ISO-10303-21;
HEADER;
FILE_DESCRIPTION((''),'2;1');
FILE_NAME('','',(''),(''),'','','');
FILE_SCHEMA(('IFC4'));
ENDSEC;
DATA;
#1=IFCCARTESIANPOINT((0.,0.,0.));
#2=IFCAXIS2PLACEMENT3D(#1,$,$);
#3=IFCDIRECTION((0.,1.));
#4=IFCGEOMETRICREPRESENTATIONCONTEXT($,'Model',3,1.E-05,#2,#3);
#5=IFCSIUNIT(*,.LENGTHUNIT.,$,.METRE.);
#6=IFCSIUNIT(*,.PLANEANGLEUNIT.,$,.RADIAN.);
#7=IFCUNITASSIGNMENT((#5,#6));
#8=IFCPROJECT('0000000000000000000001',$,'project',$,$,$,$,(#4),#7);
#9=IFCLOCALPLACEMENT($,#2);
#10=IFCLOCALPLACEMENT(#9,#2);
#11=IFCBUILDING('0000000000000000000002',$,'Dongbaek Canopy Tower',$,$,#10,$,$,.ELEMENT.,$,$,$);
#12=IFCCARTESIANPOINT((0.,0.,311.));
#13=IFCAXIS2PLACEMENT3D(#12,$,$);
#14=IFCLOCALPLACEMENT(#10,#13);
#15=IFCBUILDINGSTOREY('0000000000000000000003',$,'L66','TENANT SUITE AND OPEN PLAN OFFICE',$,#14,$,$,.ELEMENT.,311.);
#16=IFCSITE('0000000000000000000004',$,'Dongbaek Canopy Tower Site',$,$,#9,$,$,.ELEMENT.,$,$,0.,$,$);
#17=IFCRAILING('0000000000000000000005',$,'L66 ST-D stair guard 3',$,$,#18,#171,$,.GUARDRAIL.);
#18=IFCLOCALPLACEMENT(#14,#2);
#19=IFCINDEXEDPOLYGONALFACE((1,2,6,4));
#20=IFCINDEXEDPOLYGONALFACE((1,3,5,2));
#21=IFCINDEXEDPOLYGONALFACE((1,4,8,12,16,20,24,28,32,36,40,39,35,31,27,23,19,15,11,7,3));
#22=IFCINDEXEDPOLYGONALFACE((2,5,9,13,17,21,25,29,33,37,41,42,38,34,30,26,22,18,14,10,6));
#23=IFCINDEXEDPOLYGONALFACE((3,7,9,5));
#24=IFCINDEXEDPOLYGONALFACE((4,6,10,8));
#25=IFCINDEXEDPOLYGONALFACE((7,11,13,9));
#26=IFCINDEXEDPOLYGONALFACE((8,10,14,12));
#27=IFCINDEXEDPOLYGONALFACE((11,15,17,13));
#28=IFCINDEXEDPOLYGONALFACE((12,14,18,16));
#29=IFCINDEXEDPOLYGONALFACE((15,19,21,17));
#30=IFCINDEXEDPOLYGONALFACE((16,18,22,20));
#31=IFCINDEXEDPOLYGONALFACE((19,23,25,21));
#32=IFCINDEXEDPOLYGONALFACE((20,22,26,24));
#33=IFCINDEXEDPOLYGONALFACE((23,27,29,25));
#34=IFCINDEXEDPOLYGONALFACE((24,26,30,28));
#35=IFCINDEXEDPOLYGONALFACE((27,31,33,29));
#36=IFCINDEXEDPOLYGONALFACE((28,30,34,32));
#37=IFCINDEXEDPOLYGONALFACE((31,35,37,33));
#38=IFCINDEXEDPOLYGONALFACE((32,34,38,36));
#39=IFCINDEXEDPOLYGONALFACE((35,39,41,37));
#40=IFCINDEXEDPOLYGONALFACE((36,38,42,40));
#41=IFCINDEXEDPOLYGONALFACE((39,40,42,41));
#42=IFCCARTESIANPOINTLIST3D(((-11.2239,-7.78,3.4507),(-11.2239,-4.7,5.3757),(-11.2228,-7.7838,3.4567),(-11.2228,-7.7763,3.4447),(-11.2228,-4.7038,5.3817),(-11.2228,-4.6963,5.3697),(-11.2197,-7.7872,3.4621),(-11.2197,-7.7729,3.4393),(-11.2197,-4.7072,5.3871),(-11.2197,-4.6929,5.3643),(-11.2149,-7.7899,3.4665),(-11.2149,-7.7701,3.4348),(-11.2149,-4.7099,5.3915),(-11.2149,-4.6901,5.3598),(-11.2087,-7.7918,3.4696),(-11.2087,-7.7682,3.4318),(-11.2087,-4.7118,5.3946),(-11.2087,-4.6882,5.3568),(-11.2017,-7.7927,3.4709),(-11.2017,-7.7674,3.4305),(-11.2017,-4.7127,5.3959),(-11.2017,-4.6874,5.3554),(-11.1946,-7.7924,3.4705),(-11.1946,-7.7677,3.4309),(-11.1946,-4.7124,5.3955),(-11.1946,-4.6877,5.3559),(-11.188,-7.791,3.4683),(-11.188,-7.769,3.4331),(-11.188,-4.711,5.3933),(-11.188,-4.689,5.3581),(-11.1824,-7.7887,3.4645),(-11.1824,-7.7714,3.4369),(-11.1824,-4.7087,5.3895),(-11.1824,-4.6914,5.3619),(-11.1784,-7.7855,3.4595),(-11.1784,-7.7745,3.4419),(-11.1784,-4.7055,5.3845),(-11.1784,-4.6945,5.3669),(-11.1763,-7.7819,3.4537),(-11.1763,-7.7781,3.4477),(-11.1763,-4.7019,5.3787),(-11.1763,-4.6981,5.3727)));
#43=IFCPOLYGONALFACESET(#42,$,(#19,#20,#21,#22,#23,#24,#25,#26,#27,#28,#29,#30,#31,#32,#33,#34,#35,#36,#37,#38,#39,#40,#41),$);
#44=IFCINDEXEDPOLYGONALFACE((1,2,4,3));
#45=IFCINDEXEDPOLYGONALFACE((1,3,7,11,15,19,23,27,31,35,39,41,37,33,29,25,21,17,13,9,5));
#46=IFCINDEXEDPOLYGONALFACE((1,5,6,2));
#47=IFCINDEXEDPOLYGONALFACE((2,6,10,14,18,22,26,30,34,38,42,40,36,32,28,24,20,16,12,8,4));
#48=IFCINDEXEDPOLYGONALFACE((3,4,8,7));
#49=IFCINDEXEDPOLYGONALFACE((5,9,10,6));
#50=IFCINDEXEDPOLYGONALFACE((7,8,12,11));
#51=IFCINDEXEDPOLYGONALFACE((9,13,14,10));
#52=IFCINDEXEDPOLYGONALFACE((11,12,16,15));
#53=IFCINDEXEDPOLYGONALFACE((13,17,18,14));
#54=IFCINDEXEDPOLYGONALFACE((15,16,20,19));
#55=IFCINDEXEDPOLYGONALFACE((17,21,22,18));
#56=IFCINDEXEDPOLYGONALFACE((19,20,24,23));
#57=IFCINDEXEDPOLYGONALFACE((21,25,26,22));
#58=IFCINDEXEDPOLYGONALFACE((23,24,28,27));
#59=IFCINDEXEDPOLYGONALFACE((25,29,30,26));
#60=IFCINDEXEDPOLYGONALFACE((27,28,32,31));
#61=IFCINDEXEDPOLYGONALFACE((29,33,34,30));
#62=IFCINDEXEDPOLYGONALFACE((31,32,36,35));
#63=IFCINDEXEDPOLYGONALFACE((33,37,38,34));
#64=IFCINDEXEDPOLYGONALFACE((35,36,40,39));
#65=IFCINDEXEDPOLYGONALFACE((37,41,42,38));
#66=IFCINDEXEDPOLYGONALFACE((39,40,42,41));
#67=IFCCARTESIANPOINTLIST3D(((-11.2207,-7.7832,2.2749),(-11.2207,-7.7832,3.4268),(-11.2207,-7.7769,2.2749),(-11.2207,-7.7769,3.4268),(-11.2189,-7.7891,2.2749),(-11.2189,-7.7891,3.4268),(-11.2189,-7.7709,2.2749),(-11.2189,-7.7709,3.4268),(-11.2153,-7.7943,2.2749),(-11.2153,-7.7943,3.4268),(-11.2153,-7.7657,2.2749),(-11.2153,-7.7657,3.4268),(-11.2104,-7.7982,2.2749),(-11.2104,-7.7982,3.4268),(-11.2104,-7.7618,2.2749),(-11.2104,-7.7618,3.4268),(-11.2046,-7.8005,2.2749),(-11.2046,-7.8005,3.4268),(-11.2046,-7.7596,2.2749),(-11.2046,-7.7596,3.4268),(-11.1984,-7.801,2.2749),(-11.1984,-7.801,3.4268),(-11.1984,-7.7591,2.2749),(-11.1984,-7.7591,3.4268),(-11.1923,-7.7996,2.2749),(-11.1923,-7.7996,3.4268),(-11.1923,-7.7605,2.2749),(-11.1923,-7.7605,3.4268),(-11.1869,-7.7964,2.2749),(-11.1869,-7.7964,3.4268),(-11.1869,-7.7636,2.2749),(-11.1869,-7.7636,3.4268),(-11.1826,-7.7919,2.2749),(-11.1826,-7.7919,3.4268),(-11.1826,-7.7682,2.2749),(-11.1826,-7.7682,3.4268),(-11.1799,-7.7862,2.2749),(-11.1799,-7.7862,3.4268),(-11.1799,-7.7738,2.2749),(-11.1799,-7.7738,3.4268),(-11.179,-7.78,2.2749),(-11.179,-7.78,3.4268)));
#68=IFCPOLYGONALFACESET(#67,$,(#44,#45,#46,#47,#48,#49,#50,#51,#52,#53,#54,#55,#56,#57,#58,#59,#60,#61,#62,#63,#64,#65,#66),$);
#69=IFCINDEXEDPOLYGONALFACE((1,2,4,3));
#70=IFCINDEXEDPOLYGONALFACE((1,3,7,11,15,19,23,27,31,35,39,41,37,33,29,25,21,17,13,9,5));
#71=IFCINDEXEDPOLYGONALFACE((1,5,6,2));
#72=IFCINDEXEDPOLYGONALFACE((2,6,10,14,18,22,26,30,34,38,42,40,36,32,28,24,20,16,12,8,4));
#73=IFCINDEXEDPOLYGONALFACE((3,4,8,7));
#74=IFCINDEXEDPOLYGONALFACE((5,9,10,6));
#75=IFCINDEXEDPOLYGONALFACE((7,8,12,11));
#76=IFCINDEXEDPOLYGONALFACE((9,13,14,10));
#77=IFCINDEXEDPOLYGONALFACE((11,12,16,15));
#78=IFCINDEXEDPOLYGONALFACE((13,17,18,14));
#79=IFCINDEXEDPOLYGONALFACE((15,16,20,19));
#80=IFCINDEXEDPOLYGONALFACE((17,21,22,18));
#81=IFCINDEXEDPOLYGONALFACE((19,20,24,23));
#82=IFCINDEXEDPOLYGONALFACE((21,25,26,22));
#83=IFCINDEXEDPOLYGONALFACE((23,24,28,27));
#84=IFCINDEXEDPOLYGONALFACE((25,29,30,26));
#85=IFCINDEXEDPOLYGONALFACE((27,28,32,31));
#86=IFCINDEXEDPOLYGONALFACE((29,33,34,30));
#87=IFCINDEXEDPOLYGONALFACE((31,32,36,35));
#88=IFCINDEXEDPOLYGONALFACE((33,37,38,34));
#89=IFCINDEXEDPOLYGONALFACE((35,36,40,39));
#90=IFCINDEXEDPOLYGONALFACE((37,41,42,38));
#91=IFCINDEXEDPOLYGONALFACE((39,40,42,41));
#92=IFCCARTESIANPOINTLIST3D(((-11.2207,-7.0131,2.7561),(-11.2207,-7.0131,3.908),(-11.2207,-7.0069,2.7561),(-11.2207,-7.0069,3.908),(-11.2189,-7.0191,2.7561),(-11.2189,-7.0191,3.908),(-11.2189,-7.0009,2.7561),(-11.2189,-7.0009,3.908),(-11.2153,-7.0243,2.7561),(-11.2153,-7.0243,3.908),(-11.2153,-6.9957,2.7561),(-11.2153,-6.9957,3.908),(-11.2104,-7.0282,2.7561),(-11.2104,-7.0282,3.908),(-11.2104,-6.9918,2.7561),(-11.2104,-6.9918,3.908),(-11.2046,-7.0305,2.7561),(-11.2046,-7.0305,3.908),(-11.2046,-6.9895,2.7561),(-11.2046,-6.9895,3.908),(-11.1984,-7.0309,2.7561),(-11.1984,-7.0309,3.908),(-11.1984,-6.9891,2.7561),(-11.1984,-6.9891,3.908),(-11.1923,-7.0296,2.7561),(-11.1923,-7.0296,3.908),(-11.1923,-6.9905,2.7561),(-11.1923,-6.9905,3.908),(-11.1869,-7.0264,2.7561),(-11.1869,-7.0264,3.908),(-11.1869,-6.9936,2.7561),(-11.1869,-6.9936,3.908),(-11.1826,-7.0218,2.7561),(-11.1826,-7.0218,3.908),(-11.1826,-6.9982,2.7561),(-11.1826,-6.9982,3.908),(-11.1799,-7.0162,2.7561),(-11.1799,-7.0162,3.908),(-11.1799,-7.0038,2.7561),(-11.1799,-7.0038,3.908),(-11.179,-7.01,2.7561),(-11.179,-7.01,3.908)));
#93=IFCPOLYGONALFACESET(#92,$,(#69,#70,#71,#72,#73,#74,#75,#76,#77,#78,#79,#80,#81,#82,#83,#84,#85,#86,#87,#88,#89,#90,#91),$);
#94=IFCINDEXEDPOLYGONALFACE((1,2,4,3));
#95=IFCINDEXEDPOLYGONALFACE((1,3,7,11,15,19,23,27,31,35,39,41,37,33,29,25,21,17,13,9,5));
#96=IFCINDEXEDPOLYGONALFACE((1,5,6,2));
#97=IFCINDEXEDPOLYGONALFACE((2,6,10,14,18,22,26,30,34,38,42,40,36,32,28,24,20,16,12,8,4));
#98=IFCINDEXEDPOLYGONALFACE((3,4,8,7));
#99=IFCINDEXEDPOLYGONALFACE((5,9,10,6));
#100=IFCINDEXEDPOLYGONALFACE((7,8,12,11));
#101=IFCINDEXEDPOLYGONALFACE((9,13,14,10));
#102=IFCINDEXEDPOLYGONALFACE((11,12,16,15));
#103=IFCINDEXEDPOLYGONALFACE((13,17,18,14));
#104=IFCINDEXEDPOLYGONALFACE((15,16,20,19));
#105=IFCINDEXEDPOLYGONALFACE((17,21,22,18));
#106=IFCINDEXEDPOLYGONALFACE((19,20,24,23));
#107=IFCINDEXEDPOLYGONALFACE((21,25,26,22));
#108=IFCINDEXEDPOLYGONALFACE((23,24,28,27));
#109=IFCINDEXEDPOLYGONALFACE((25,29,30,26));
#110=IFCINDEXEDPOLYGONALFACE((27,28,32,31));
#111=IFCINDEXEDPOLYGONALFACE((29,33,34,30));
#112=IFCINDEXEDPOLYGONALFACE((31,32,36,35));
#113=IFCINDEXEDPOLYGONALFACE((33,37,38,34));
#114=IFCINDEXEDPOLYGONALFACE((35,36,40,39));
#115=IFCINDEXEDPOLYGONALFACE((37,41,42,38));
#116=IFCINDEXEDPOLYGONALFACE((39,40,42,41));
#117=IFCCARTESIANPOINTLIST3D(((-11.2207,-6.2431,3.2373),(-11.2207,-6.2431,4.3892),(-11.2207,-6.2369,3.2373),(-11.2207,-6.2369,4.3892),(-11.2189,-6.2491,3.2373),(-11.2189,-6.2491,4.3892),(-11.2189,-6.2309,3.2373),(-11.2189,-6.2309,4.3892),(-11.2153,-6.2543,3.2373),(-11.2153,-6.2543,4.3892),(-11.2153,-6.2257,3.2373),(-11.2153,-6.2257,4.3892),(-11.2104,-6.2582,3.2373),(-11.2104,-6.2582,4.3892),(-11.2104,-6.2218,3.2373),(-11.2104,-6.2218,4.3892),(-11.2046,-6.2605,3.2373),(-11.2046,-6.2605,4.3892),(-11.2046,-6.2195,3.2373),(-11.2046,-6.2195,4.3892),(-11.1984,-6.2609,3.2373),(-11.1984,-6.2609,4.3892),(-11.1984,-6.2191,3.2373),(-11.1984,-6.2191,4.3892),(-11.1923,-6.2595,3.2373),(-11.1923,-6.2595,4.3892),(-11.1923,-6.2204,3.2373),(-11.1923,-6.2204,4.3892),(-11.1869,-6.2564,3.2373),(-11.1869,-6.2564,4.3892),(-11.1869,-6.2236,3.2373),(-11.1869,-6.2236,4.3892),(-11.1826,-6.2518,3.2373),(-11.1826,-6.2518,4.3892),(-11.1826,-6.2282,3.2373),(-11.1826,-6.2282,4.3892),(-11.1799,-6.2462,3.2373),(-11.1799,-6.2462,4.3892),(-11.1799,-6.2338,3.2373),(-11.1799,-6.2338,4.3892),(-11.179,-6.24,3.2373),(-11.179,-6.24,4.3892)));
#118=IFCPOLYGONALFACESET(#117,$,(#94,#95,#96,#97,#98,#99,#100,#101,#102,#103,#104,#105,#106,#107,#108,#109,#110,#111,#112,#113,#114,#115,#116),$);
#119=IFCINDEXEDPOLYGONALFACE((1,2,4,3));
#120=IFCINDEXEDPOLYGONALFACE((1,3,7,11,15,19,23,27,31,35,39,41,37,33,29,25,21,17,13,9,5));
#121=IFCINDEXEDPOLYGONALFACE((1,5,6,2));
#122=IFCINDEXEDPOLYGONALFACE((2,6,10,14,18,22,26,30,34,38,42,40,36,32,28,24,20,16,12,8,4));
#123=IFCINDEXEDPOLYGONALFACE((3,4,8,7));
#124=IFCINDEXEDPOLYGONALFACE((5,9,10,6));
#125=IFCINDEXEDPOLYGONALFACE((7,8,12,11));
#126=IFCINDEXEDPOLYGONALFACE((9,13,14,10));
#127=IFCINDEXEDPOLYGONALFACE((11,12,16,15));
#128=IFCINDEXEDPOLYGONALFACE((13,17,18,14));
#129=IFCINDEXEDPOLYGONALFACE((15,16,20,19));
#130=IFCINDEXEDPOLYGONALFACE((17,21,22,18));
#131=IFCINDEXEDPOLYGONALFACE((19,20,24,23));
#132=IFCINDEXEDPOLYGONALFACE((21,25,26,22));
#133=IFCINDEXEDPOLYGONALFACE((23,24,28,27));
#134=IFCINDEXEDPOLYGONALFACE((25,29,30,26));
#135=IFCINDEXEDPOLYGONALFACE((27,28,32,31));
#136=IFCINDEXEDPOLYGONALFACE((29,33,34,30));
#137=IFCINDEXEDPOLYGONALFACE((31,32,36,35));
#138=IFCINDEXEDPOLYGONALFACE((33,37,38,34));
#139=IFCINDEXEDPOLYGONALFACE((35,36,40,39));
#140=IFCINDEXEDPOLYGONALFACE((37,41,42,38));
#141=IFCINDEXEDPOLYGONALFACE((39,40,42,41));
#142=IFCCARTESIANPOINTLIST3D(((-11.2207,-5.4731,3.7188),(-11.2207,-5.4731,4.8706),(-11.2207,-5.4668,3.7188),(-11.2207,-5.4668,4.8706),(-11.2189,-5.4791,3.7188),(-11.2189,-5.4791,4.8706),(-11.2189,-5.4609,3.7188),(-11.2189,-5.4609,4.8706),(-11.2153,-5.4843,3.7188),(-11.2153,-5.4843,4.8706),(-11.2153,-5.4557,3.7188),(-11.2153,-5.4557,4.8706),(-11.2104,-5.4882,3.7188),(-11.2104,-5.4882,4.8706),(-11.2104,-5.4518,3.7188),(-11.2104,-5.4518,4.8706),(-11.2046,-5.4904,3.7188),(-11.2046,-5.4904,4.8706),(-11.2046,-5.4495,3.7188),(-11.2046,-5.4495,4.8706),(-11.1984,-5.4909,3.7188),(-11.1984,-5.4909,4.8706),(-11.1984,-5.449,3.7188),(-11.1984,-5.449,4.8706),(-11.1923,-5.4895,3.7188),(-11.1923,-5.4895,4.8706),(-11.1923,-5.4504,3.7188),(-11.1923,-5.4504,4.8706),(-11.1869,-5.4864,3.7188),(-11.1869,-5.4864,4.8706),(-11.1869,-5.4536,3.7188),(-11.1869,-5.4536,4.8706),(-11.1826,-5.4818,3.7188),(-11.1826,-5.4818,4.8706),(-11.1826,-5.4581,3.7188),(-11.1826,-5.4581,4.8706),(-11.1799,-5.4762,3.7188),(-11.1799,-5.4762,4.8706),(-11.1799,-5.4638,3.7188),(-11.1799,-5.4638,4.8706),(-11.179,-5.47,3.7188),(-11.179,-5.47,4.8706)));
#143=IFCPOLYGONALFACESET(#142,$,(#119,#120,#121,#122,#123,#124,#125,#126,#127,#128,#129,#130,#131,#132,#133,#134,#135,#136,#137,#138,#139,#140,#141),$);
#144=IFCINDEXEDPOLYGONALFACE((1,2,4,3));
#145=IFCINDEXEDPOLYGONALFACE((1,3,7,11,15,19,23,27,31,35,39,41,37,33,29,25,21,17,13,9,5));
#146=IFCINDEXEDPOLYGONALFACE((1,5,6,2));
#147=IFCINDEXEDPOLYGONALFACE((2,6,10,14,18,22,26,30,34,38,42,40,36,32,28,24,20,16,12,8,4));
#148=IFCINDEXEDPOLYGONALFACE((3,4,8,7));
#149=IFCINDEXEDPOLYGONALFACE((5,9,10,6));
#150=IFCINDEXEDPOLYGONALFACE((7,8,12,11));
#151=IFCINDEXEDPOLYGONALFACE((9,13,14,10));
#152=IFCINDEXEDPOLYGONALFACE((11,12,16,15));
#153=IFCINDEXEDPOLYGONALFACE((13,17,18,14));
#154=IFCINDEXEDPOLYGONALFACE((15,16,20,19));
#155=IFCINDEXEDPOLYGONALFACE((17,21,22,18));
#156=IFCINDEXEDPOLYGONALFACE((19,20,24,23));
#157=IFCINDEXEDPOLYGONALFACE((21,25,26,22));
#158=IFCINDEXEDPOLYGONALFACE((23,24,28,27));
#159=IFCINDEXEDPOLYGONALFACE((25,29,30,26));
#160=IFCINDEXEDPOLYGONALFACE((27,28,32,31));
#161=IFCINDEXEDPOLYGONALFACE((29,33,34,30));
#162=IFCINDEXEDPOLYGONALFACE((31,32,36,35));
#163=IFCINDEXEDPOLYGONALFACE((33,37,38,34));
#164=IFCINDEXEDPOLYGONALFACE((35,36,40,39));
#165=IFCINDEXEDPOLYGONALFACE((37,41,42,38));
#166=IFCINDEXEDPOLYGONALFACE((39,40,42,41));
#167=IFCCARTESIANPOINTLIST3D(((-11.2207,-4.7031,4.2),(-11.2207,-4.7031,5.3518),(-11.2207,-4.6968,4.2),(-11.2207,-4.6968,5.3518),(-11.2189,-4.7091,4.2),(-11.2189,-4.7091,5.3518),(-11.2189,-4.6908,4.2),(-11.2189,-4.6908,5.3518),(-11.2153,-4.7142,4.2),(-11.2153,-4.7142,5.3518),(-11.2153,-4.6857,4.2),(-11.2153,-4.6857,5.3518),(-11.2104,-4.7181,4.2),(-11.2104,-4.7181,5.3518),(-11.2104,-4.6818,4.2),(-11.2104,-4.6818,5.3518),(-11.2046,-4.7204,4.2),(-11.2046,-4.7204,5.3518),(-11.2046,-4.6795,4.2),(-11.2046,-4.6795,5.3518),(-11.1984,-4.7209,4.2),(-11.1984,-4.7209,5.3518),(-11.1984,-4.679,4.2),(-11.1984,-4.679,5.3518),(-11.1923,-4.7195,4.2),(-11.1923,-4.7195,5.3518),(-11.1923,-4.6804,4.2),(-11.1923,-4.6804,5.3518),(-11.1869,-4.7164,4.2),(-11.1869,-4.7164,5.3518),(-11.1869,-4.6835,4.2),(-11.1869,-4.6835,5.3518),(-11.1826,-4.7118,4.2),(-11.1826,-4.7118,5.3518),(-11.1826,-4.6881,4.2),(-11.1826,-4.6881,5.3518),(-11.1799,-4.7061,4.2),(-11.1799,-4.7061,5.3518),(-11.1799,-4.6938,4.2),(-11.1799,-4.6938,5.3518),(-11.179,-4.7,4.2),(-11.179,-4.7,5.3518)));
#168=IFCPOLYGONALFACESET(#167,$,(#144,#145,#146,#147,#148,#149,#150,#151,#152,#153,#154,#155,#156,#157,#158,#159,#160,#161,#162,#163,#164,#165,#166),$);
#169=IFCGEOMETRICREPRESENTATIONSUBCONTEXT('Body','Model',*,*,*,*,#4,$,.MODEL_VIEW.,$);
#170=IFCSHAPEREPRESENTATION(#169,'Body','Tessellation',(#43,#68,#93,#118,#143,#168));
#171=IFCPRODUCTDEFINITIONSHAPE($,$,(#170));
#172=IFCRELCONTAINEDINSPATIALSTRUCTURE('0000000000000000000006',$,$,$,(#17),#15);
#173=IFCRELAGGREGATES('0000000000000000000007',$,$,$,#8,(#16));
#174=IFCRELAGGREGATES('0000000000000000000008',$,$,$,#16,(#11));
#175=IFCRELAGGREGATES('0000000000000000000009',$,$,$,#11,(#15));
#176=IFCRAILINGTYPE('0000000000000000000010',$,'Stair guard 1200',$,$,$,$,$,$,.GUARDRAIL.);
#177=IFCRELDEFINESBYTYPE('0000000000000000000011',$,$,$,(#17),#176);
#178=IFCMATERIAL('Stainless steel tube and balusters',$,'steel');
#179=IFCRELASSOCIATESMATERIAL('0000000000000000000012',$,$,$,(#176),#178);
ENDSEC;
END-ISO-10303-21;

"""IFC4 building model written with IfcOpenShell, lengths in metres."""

from ifc_helpers import new_model, si_unit, direction, frame, origin, origin_2d, place, context, subcontext, project, spatial, circle, extrude, material, type_object, element, save


model = new_model("IFC4")

# Units and contexts
model_context = context("Model", 3, precision=1e-05, world=origin(), true_north=direction((0.0, 1.0)))
body_context = subcontext(model_context, "Body", "Model", "MODEL_VIEW")
ifc_project = project(units=[si_unit("LENGTHUNIT", "METRE"), si_unit("PLANEANGLEUNIT", "RADIAN")], contexts=[model_context])

# Site, building, storey
site_placement = place(None, origin())
site = spatial("IfcSite", under=ifc_project, at=site_placement, Name="Dongbaek Canopy Tower Site", CompositionType="ELEMENT", RefElevation=0.0)
building_placement = place(site_placement, origin())
building = spatial("IfcBuilding", under=site, at=building_placement, Name="Dongbaek Canopy Tower", CompositionType="ELEMENT")
storey_placement = place(building_placement, frame((0.0, 0.0, 311.0)))
storey = spatial("IfcBuildingStorey", under=building, at=storey_placement, Name="L66", Description="TENANT SUITE AND OPEN PLAN OFFICE", CompositionType="ELEMENT", Elevation=311.0)

# Railing
ifc_material_1 = material(Name="Stainless steel tube and balusters", Category="steel")
railing_type_1 = type_object("IfcRailingType", Name="Stair guard 1200", PredefinedType="GUARDRAIL", material=ifc_material_1)
railing_1_placement = place(storey_placement, frame((-11.2, -7.78, 2.2749)))
element("IfcRailing", 1, at=railing_1_placement, inside=storey, type_object=railing_type_1, Name="L66 ST-D stair guard 3", PredefinedType="GUARDRAIL", context=body_context, shape_type="SweptSolid", body=[
    extrude(circle(Radius=0.0239, at=origin_2d()), frame((0.0, 0.0, 1.1758), z_axis=(0.0, 0.847998, 0.529999), x_axis=(-1.0, 0.0, 0.0)), (0.0, 0.0, 1.0), 3.6321),
    extrude(circle(Radius=0.021, at=origin_2d()), origin(), (0.0, 0.0, 1.0), 1.1519),
    extrude(circle(Radius=0.021, at=origin_2d()), frame((0.0, 0.77, 0.4812)), (0.0, 0.0, 1.0), 1.1519),
    extrude(circle(Radius=0.021, at=origin_2d()), frame((0.0, 1.54, 0.9624)), (0.0, 0.0, 1.0), 1.1519),
    extrude(circle(Radius=0.021, at=origin_2d()), frame((0.0, 2.3101, 1.4438)), (0.0, 0.0, 1.0), 1.1519),
    extrude(circle(Radius=0.021, at=origin_2d()), frame((0.0, 3.0801, 1.925)), (0.0, 0.0, 1.0), 1.1519),
])

save(model, "model.ifc")
